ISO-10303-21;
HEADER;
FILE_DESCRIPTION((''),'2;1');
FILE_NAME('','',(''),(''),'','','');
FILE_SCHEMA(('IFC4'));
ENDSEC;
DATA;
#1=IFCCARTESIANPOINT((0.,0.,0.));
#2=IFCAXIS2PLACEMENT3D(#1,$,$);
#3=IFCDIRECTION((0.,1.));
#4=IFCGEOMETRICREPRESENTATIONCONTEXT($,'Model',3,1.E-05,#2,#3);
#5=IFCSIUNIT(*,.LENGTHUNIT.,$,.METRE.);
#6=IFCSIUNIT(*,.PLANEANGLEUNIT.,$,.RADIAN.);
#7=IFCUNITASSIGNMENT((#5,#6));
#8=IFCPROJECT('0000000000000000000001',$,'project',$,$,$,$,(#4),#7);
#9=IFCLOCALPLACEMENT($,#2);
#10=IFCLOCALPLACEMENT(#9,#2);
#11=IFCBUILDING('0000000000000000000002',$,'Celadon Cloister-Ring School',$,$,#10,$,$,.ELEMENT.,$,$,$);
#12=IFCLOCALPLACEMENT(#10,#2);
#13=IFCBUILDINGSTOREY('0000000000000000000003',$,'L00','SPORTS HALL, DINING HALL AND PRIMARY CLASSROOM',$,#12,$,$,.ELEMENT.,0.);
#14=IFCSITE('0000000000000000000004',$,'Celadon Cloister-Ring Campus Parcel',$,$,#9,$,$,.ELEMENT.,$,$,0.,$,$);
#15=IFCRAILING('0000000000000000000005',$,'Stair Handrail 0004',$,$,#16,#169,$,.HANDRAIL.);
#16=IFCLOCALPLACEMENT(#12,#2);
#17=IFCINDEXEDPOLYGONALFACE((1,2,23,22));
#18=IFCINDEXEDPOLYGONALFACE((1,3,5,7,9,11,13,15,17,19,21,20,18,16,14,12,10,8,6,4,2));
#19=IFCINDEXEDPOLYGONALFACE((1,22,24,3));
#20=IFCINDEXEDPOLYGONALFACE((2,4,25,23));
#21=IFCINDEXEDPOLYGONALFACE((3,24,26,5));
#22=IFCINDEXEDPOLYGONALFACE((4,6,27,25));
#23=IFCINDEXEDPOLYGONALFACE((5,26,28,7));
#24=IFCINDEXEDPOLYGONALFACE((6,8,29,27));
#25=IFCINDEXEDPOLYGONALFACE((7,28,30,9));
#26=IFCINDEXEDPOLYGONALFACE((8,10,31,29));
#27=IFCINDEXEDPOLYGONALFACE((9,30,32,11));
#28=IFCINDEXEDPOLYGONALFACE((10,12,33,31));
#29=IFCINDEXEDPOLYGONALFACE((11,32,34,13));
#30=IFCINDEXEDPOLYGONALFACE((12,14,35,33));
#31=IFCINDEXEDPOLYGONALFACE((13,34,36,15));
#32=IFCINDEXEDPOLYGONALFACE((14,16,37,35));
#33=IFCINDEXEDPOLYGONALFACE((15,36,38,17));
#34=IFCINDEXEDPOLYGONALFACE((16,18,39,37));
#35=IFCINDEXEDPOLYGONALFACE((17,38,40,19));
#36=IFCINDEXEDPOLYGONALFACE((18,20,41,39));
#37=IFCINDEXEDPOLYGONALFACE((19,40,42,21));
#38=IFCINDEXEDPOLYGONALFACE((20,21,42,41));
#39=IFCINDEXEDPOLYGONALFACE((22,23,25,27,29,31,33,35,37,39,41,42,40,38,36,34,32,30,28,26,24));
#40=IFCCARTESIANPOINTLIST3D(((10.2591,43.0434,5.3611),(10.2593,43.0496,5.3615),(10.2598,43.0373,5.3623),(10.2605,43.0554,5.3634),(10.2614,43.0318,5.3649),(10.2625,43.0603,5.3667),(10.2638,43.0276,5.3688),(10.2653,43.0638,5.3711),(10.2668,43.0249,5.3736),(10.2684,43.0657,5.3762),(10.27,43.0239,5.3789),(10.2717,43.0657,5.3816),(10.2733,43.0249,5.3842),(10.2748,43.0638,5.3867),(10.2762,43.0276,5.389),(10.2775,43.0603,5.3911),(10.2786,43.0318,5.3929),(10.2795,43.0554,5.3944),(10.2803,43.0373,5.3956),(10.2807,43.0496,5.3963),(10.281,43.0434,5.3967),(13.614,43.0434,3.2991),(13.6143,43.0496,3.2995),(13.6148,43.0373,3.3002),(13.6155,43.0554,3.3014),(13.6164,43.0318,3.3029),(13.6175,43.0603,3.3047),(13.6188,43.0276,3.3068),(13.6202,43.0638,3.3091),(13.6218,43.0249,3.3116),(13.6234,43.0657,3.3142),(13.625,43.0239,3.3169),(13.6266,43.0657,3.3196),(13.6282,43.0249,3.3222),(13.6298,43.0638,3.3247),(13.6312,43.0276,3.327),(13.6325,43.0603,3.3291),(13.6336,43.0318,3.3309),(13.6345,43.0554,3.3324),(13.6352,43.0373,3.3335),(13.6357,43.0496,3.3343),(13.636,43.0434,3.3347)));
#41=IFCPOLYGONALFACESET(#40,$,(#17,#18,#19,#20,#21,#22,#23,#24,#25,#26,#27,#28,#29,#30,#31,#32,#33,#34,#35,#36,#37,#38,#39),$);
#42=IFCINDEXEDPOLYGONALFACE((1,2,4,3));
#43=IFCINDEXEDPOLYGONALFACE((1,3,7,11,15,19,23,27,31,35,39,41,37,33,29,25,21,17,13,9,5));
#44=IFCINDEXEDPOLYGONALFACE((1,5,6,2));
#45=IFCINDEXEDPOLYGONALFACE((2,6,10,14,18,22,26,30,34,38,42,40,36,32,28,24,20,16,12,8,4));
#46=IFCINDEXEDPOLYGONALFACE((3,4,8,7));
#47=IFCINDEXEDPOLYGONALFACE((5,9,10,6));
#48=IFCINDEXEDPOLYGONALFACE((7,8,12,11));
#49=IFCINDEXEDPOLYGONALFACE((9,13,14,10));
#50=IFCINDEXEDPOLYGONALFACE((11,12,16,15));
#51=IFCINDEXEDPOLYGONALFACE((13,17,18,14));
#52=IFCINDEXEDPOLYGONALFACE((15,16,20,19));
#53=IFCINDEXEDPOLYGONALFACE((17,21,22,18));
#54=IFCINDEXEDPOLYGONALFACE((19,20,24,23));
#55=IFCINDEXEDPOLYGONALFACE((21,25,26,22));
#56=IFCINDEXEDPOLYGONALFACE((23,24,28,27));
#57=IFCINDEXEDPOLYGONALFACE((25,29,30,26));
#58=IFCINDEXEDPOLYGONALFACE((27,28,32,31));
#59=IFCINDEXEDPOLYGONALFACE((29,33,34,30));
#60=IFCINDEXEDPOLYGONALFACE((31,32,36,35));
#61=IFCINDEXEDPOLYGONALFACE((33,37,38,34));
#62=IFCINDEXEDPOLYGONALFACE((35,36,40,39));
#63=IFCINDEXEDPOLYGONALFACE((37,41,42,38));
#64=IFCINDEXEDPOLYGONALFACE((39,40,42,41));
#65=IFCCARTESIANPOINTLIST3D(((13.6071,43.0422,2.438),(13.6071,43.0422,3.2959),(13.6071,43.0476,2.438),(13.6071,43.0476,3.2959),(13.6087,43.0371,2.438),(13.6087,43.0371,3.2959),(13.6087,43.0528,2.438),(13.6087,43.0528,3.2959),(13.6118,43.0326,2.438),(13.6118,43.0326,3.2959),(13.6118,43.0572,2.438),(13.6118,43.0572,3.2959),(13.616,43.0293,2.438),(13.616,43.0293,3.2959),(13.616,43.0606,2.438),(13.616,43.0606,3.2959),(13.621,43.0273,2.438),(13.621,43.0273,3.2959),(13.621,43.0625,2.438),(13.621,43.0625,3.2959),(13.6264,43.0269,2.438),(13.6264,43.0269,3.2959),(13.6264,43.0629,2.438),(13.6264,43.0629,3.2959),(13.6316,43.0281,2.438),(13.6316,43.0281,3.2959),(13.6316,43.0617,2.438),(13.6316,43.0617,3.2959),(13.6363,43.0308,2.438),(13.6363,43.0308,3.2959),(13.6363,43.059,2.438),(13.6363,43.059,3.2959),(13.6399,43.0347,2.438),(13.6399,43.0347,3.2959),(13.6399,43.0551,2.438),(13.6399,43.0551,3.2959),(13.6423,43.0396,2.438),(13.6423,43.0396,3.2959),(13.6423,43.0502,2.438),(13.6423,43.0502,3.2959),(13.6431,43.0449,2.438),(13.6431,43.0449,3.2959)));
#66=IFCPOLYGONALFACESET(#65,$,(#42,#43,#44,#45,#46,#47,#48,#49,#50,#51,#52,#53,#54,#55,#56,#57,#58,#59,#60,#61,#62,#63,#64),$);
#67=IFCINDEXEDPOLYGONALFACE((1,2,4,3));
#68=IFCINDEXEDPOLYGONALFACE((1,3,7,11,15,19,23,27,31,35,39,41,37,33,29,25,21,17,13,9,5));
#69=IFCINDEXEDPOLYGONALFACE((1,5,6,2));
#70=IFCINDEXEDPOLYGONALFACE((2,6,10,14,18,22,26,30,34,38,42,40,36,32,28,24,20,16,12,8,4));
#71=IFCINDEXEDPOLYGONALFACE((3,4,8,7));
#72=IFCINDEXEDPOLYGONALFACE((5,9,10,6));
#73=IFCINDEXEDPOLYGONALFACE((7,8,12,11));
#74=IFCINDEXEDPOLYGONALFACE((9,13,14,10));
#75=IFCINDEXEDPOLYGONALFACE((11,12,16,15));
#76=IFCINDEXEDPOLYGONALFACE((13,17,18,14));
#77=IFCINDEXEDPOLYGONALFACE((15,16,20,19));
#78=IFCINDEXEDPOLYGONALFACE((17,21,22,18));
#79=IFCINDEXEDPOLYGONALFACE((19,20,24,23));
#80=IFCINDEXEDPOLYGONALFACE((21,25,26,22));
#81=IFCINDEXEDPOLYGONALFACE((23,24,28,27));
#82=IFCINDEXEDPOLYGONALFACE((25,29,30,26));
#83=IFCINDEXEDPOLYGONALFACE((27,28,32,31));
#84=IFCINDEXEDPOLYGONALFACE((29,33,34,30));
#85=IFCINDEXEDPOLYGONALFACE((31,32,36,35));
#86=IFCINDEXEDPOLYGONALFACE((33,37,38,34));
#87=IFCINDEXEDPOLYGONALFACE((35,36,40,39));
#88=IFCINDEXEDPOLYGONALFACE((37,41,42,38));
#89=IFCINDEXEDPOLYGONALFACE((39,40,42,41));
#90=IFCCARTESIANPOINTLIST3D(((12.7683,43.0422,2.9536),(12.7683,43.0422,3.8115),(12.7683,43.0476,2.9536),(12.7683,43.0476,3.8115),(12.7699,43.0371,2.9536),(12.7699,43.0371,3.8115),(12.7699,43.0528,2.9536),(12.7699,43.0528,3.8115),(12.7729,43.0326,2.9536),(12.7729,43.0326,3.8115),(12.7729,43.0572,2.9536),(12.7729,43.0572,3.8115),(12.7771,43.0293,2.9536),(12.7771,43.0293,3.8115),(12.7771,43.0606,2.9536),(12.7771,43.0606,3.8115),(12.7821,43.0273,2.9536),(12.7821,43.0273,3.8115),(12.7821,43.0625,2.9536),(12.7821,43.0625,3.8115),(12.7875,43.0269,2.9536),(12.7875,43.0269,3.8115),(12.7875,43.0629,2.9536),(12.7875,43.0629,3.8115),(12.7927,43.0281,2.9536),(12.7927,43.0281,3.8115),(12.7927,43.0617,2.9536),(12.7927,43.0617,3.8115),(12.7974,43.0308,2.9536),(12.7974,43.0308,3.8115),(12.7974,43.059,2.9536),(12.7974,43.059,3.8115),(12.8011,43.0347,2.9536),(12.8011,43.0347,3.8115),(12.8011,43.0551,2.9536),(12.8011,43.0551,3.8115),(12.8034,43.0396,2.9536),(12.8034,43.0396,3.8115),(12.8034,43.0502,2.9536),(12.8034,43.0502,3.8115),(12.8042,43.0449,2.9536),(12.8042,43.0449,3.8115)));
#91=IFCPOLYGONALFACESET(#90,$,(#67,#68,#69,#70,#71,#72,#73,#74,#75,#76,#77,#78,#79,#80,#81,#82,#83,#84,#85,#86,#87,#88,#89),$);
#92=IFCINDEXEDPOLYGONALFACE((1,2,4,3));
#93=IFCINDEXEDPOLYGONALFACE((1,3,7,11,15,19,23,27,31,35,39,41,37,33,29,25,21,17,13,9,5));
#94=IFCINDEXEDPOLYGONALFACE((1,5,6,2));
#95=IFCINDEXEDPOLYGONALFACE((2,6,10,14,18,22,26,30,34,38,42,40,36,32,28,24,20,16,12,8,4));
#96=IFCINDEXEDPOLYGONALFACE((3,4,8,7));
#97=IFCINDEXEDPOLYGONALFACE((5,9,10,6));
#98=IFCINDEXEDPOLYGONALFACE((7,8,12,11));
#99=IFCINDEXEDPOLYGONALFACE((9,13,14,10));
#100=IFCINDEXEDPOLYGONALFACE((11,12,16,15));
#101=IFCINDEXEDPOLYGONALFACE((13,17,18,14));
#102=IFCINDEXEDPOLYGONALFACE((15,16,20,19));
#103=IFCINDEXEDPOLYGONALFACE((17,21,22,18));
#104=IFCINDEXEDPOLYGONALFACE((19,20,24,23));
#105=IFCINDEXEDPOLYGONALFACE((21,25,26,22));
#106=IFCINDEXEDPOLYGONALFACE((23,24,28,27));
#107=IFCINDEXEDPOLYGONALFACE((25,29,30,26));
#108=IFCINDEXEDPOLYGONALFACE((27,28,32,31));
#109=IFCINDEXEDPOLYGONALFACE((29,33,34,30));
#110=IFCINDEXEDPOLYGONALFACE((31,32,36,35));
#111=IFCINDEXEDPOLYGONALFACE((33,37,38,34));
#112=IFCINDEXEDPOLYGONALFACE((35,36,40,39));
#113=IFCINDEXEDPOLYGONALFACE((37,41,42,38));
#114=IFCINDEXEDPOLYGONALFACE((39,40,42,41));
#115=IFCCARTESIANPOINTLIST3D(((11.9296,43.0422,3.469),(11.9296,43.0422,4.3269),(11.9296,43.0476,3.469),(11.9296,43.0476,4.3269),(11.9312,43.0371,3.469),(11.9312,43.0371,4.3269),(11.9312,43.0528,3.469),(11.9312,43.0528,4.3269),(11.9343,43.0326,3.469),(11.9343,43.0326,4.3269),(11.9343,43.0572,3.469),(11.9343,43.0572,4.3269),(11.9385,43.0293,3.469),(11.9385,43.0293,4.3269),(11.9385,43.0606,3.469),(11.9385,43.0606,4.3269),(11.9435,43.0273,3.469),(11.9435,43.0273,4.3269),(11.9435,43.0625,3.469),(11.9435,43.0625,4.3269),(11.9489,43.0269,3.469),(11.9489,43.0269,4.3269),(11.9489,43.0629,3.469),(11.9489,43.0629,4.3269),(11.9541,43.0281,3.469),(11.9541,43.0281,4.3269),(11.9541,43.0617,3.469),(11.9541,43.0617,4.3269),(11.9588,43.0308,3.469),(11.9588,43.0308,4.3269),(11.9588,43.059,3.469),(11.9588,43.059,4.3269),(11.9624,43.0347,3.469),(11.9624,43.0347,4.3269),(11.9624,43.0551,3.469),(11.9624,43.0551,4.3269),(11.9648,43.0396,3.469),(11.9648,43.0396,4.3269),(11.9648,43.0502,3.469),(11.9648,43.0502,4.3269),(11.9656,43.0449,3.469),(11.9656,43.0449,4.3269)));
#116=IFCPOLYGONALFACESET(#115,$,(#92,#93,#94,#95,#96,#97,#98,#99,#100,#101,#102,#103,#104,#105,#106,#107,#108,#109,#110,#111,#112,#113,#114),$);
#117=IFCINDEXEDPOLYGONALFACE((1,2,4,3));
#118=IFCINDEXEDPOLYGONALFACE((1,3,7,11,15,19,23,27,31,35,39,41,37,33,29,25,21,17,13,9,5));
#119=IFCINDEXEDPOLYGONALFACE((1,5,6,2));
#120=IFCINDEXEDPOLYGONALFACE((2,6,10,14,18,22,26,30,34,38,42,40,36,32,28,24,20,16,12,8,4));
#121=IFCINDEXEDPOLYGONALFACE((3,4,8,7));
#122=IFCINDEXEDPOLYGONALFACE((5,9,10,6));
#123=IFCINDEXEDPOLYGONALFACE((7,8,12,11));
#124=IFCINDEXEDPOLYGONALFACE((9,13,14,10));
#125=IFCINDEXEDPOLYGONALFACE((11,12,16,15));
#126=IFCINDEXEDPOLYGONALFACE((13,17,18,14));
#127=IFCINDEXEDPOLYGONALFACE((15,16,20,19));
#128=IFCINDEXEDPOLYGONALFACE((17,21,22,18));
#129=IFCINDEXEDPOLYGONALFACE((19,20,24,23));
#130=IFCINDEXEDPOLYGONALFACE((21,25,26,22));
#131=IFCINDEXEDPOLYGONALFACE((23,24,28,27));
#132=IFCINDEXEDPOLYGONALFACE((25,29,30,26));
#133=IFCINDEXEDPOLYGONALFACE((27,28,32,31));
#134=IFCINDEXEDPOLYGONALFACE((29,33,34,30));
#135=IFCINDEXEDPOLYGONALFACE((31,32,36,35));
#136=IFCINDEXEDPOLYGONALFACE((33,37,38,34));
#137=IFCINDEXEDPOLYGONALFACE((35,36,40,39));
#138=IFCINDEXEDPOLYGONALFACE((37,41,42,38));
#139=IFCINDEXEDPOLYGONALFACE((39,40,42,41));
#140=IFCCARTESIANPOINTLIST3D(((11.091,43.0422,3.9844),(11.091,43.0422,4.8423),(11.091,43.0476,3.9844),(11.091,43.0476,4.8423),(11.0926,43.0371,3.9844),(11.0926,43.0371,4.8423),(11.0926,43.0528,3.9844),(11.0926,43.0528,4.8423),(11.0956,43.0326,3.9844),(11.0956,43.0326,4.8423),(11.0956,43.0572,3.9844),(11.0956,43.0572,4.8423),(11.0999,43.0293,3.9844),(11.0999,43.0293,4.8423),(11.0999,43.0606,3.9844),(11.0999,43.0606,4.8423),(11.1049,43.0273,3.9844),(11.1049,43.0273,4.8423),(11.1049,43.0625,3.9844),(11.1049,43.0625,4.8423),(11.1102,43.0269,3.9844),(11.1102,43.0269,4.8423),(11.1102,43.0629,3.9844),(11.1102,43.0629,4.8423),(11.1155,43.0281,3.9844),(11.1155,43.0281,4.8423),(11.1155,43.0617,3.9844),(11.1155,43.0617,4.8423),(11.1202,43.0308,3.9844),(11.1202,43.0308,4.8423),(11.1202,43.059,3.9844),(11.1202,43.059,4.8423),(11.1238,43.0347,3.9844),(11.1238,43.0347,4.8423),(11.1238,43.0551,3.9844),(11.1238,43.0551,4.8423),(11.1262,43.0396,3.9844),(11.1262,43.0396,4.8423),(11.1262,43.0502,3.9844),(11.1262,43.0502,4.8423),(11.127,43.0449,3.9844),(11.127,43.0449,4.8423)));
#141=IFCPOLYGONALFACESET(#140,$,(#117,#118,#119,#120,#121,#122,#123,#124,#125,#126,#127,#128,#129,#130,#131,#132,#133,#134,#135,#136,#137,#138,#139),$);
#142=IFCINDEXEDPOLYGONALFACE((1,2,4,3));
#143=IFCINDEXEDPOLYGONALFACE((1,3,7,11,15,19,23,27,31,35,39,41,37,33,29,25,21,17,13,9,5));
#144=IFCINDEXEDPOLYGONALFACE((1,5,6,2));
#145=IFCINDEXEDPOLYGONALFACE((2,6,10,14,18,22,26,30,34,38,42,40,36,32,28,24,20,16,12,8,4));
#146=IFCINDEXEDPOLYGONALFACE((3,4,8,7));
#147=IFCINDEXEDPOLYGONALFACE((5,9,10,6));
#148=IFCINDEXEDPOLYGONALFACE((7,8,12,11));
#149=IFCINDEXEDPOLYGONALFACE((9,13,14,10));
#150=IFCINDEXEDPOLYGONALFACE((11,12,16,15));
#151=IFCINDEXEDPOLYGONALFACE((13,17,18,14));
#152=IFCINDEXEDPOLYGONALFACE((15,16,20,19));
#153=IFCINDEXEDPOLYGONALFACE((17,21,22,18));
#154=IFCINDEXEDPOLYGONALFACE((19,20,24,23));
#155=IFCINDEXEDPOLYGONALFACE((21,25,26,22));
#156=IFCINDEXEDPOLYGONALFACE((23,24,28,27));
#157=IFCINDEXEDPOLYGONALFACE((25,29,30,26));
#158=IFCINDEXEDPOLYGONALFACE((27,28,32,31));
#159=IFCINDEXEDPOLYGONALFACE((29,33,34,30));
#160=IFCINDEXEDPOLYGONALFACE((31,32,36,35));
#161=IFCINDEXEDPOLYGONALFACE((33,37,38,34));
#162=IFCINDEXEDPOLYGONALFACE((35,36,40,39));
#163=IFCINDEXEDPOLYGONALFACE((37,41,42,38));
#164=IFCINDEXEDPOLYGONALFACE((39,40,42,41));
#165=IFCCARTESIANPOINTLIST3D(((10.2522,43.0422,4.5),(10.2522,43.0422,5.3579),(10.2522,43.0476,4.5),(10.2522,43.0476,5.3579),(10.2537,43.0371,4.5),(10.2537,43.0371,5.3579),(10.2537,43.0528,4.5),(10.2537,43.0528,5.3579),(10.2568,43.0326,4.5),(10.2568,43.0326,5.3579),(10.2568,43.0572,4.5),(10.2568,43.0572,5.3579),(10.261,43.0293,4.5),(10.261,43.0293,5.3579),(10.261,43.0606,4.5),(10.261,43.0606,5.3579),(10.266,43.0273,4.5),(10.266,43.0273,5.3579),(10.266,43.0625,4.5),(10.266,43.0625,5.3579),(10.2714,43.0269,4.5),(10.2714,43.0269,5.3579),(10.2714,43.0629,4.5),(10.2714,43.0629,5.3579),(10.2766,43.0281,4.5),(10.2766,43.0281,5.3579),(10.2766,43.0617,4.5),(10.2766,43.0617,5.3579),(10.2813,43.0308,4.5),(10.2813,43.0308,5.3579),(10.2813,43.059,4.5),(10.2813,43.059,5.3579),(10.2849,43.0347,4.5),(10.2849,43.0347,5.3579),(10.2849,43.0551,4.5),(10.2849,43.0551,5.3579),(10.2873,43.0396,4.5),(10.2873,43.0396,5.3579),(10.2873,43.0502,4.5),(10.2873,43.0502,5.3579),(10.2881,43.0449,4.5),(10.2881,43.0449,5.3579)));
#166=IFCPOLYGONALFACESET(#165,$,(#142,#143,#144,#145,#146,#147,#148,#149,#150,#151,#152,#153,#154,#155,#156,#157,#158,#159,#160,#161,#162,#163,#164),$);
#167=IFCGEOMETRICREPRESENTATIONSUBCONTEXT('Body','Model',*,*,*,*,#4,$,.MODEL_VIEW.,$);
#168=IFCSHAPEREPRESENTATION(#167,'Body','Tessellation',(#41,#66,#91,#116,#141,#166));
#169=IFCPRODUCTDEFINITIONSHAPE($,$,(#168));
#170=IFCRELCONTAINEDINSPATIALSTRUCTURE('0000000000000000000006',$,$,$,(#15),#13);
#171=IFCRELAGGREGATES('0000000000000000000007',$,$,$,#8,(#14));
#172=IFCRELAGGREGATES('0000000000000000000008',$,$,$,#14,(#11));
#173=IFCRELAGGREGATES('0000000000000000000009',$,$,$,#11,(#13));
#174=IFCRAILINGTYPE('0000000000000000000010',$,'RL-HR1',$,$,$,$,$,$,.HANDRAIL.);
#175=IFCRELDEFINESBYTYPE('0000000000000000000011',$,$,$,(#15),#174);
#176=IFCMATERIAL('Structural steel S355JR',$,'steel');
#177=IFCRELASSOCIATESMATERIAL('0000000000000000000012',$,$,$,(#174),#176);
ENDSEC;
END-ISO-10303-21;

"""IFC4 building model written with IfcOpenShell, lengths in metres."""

from ifc_helpers import new_model, si_unit, direction, frame, origin, origin_2d, place, context, subcontext, project, spatial, circle, extrude, material, type_object, element, save


model = new_model("IFC4")

# Units and contexts
model_context = context("Model", 3, precision=1e-05, world=origin(), true_north=direction((0.0, 1.0)))
body_context = subcontext(model_context, "Body", "Model", "MODEL_VIEW")
ifc_project = project(units=[si_unit("LENGTHUNIT", "METRE"), si_unit("PLANEANGLEUNIT", "RADIAN")], contexts=[model_context])

# Site, building, storey
site_placement = place(None, origin())
site = spatial("IfcSite", under=ifc_project, at=site_placement, Name="Celadon Cloister-Ring Campus Parcel", CompositionType="ELEMENT", RefElevation=0.0)
building_placement = place(site_placement, origin())
building = spatial("IfcBuilding", under=site, at=building_placement, Name="Celadon Cloister-Ring School", CompositionType="ELEMENT")
storey_placement = place(building_placement, origin())
storey = spatial("IfcBuildingStorey", under=building, at=storey_placement, Name="L00", Description="SPORTS HALL, DINING HALL AND PRIMARY CLASSROOM", CompositionType="ELEMENT", Elevation=0.0)

# Railing
ifc_material_1 = material(Name="Structural steel S355JR", Category="steel")
railing_type_1 = type_object("IfcRailingType", Name="RL-HR1", PredefinedType="HANDRAIL", material=ifc_material_1)
for number, where, name in (
    (1, (13.625, 43.0449, 2.438), "Stair Handrail 0004"),
):
    element("IfcRailing", number, at=place(storey_placement, frame(where)), inside=storey, type_object=railing_type_1, Name=name, PredefinedType="HANDRAIL", context=body_context, shape_type="SweptSolid", body=[
        extrude(circle(Radius=0.021, at=origin_2d()), frame((0.0, 0.0, 0.8789), z_axis=(-0.851952, 0.0, 0.52362), x_axis=(0.0, -1.0, 0.0)), (0.0, 0.0, 1.0), 3.938),
        extrude(circle(Radius=0.0181, at=origin_2d()), origin(), (0.0, 0.0, 1.0), 0.8579),
        extrude(circle(Radius=0.0181, at=origin_2d()), frame((-0.8389, 0.0, 0.5156)), (0.0, 0.0, 1.0), 0.8579),
        extrude(circle(Radius=0.0181, at=origin_2d()), frame((-1.6775, 0.0, 1.031)), (0.0, 0.0, 1.0), 0.8579),
        extrude(circle(Radius=0.0181, at=origin_2d()), frame((-2.5161, 0.0, 1.5464)), (0.0, 0.0, 1.0), 0.8579),
        extrude(circle(Radius=0.0181, at=origin_2d()), frame((-3.355, 0.0, 2.062)), (0.0, 0.0, 1.0), 0.8579),
    ])

save(model, "model.ifc")
